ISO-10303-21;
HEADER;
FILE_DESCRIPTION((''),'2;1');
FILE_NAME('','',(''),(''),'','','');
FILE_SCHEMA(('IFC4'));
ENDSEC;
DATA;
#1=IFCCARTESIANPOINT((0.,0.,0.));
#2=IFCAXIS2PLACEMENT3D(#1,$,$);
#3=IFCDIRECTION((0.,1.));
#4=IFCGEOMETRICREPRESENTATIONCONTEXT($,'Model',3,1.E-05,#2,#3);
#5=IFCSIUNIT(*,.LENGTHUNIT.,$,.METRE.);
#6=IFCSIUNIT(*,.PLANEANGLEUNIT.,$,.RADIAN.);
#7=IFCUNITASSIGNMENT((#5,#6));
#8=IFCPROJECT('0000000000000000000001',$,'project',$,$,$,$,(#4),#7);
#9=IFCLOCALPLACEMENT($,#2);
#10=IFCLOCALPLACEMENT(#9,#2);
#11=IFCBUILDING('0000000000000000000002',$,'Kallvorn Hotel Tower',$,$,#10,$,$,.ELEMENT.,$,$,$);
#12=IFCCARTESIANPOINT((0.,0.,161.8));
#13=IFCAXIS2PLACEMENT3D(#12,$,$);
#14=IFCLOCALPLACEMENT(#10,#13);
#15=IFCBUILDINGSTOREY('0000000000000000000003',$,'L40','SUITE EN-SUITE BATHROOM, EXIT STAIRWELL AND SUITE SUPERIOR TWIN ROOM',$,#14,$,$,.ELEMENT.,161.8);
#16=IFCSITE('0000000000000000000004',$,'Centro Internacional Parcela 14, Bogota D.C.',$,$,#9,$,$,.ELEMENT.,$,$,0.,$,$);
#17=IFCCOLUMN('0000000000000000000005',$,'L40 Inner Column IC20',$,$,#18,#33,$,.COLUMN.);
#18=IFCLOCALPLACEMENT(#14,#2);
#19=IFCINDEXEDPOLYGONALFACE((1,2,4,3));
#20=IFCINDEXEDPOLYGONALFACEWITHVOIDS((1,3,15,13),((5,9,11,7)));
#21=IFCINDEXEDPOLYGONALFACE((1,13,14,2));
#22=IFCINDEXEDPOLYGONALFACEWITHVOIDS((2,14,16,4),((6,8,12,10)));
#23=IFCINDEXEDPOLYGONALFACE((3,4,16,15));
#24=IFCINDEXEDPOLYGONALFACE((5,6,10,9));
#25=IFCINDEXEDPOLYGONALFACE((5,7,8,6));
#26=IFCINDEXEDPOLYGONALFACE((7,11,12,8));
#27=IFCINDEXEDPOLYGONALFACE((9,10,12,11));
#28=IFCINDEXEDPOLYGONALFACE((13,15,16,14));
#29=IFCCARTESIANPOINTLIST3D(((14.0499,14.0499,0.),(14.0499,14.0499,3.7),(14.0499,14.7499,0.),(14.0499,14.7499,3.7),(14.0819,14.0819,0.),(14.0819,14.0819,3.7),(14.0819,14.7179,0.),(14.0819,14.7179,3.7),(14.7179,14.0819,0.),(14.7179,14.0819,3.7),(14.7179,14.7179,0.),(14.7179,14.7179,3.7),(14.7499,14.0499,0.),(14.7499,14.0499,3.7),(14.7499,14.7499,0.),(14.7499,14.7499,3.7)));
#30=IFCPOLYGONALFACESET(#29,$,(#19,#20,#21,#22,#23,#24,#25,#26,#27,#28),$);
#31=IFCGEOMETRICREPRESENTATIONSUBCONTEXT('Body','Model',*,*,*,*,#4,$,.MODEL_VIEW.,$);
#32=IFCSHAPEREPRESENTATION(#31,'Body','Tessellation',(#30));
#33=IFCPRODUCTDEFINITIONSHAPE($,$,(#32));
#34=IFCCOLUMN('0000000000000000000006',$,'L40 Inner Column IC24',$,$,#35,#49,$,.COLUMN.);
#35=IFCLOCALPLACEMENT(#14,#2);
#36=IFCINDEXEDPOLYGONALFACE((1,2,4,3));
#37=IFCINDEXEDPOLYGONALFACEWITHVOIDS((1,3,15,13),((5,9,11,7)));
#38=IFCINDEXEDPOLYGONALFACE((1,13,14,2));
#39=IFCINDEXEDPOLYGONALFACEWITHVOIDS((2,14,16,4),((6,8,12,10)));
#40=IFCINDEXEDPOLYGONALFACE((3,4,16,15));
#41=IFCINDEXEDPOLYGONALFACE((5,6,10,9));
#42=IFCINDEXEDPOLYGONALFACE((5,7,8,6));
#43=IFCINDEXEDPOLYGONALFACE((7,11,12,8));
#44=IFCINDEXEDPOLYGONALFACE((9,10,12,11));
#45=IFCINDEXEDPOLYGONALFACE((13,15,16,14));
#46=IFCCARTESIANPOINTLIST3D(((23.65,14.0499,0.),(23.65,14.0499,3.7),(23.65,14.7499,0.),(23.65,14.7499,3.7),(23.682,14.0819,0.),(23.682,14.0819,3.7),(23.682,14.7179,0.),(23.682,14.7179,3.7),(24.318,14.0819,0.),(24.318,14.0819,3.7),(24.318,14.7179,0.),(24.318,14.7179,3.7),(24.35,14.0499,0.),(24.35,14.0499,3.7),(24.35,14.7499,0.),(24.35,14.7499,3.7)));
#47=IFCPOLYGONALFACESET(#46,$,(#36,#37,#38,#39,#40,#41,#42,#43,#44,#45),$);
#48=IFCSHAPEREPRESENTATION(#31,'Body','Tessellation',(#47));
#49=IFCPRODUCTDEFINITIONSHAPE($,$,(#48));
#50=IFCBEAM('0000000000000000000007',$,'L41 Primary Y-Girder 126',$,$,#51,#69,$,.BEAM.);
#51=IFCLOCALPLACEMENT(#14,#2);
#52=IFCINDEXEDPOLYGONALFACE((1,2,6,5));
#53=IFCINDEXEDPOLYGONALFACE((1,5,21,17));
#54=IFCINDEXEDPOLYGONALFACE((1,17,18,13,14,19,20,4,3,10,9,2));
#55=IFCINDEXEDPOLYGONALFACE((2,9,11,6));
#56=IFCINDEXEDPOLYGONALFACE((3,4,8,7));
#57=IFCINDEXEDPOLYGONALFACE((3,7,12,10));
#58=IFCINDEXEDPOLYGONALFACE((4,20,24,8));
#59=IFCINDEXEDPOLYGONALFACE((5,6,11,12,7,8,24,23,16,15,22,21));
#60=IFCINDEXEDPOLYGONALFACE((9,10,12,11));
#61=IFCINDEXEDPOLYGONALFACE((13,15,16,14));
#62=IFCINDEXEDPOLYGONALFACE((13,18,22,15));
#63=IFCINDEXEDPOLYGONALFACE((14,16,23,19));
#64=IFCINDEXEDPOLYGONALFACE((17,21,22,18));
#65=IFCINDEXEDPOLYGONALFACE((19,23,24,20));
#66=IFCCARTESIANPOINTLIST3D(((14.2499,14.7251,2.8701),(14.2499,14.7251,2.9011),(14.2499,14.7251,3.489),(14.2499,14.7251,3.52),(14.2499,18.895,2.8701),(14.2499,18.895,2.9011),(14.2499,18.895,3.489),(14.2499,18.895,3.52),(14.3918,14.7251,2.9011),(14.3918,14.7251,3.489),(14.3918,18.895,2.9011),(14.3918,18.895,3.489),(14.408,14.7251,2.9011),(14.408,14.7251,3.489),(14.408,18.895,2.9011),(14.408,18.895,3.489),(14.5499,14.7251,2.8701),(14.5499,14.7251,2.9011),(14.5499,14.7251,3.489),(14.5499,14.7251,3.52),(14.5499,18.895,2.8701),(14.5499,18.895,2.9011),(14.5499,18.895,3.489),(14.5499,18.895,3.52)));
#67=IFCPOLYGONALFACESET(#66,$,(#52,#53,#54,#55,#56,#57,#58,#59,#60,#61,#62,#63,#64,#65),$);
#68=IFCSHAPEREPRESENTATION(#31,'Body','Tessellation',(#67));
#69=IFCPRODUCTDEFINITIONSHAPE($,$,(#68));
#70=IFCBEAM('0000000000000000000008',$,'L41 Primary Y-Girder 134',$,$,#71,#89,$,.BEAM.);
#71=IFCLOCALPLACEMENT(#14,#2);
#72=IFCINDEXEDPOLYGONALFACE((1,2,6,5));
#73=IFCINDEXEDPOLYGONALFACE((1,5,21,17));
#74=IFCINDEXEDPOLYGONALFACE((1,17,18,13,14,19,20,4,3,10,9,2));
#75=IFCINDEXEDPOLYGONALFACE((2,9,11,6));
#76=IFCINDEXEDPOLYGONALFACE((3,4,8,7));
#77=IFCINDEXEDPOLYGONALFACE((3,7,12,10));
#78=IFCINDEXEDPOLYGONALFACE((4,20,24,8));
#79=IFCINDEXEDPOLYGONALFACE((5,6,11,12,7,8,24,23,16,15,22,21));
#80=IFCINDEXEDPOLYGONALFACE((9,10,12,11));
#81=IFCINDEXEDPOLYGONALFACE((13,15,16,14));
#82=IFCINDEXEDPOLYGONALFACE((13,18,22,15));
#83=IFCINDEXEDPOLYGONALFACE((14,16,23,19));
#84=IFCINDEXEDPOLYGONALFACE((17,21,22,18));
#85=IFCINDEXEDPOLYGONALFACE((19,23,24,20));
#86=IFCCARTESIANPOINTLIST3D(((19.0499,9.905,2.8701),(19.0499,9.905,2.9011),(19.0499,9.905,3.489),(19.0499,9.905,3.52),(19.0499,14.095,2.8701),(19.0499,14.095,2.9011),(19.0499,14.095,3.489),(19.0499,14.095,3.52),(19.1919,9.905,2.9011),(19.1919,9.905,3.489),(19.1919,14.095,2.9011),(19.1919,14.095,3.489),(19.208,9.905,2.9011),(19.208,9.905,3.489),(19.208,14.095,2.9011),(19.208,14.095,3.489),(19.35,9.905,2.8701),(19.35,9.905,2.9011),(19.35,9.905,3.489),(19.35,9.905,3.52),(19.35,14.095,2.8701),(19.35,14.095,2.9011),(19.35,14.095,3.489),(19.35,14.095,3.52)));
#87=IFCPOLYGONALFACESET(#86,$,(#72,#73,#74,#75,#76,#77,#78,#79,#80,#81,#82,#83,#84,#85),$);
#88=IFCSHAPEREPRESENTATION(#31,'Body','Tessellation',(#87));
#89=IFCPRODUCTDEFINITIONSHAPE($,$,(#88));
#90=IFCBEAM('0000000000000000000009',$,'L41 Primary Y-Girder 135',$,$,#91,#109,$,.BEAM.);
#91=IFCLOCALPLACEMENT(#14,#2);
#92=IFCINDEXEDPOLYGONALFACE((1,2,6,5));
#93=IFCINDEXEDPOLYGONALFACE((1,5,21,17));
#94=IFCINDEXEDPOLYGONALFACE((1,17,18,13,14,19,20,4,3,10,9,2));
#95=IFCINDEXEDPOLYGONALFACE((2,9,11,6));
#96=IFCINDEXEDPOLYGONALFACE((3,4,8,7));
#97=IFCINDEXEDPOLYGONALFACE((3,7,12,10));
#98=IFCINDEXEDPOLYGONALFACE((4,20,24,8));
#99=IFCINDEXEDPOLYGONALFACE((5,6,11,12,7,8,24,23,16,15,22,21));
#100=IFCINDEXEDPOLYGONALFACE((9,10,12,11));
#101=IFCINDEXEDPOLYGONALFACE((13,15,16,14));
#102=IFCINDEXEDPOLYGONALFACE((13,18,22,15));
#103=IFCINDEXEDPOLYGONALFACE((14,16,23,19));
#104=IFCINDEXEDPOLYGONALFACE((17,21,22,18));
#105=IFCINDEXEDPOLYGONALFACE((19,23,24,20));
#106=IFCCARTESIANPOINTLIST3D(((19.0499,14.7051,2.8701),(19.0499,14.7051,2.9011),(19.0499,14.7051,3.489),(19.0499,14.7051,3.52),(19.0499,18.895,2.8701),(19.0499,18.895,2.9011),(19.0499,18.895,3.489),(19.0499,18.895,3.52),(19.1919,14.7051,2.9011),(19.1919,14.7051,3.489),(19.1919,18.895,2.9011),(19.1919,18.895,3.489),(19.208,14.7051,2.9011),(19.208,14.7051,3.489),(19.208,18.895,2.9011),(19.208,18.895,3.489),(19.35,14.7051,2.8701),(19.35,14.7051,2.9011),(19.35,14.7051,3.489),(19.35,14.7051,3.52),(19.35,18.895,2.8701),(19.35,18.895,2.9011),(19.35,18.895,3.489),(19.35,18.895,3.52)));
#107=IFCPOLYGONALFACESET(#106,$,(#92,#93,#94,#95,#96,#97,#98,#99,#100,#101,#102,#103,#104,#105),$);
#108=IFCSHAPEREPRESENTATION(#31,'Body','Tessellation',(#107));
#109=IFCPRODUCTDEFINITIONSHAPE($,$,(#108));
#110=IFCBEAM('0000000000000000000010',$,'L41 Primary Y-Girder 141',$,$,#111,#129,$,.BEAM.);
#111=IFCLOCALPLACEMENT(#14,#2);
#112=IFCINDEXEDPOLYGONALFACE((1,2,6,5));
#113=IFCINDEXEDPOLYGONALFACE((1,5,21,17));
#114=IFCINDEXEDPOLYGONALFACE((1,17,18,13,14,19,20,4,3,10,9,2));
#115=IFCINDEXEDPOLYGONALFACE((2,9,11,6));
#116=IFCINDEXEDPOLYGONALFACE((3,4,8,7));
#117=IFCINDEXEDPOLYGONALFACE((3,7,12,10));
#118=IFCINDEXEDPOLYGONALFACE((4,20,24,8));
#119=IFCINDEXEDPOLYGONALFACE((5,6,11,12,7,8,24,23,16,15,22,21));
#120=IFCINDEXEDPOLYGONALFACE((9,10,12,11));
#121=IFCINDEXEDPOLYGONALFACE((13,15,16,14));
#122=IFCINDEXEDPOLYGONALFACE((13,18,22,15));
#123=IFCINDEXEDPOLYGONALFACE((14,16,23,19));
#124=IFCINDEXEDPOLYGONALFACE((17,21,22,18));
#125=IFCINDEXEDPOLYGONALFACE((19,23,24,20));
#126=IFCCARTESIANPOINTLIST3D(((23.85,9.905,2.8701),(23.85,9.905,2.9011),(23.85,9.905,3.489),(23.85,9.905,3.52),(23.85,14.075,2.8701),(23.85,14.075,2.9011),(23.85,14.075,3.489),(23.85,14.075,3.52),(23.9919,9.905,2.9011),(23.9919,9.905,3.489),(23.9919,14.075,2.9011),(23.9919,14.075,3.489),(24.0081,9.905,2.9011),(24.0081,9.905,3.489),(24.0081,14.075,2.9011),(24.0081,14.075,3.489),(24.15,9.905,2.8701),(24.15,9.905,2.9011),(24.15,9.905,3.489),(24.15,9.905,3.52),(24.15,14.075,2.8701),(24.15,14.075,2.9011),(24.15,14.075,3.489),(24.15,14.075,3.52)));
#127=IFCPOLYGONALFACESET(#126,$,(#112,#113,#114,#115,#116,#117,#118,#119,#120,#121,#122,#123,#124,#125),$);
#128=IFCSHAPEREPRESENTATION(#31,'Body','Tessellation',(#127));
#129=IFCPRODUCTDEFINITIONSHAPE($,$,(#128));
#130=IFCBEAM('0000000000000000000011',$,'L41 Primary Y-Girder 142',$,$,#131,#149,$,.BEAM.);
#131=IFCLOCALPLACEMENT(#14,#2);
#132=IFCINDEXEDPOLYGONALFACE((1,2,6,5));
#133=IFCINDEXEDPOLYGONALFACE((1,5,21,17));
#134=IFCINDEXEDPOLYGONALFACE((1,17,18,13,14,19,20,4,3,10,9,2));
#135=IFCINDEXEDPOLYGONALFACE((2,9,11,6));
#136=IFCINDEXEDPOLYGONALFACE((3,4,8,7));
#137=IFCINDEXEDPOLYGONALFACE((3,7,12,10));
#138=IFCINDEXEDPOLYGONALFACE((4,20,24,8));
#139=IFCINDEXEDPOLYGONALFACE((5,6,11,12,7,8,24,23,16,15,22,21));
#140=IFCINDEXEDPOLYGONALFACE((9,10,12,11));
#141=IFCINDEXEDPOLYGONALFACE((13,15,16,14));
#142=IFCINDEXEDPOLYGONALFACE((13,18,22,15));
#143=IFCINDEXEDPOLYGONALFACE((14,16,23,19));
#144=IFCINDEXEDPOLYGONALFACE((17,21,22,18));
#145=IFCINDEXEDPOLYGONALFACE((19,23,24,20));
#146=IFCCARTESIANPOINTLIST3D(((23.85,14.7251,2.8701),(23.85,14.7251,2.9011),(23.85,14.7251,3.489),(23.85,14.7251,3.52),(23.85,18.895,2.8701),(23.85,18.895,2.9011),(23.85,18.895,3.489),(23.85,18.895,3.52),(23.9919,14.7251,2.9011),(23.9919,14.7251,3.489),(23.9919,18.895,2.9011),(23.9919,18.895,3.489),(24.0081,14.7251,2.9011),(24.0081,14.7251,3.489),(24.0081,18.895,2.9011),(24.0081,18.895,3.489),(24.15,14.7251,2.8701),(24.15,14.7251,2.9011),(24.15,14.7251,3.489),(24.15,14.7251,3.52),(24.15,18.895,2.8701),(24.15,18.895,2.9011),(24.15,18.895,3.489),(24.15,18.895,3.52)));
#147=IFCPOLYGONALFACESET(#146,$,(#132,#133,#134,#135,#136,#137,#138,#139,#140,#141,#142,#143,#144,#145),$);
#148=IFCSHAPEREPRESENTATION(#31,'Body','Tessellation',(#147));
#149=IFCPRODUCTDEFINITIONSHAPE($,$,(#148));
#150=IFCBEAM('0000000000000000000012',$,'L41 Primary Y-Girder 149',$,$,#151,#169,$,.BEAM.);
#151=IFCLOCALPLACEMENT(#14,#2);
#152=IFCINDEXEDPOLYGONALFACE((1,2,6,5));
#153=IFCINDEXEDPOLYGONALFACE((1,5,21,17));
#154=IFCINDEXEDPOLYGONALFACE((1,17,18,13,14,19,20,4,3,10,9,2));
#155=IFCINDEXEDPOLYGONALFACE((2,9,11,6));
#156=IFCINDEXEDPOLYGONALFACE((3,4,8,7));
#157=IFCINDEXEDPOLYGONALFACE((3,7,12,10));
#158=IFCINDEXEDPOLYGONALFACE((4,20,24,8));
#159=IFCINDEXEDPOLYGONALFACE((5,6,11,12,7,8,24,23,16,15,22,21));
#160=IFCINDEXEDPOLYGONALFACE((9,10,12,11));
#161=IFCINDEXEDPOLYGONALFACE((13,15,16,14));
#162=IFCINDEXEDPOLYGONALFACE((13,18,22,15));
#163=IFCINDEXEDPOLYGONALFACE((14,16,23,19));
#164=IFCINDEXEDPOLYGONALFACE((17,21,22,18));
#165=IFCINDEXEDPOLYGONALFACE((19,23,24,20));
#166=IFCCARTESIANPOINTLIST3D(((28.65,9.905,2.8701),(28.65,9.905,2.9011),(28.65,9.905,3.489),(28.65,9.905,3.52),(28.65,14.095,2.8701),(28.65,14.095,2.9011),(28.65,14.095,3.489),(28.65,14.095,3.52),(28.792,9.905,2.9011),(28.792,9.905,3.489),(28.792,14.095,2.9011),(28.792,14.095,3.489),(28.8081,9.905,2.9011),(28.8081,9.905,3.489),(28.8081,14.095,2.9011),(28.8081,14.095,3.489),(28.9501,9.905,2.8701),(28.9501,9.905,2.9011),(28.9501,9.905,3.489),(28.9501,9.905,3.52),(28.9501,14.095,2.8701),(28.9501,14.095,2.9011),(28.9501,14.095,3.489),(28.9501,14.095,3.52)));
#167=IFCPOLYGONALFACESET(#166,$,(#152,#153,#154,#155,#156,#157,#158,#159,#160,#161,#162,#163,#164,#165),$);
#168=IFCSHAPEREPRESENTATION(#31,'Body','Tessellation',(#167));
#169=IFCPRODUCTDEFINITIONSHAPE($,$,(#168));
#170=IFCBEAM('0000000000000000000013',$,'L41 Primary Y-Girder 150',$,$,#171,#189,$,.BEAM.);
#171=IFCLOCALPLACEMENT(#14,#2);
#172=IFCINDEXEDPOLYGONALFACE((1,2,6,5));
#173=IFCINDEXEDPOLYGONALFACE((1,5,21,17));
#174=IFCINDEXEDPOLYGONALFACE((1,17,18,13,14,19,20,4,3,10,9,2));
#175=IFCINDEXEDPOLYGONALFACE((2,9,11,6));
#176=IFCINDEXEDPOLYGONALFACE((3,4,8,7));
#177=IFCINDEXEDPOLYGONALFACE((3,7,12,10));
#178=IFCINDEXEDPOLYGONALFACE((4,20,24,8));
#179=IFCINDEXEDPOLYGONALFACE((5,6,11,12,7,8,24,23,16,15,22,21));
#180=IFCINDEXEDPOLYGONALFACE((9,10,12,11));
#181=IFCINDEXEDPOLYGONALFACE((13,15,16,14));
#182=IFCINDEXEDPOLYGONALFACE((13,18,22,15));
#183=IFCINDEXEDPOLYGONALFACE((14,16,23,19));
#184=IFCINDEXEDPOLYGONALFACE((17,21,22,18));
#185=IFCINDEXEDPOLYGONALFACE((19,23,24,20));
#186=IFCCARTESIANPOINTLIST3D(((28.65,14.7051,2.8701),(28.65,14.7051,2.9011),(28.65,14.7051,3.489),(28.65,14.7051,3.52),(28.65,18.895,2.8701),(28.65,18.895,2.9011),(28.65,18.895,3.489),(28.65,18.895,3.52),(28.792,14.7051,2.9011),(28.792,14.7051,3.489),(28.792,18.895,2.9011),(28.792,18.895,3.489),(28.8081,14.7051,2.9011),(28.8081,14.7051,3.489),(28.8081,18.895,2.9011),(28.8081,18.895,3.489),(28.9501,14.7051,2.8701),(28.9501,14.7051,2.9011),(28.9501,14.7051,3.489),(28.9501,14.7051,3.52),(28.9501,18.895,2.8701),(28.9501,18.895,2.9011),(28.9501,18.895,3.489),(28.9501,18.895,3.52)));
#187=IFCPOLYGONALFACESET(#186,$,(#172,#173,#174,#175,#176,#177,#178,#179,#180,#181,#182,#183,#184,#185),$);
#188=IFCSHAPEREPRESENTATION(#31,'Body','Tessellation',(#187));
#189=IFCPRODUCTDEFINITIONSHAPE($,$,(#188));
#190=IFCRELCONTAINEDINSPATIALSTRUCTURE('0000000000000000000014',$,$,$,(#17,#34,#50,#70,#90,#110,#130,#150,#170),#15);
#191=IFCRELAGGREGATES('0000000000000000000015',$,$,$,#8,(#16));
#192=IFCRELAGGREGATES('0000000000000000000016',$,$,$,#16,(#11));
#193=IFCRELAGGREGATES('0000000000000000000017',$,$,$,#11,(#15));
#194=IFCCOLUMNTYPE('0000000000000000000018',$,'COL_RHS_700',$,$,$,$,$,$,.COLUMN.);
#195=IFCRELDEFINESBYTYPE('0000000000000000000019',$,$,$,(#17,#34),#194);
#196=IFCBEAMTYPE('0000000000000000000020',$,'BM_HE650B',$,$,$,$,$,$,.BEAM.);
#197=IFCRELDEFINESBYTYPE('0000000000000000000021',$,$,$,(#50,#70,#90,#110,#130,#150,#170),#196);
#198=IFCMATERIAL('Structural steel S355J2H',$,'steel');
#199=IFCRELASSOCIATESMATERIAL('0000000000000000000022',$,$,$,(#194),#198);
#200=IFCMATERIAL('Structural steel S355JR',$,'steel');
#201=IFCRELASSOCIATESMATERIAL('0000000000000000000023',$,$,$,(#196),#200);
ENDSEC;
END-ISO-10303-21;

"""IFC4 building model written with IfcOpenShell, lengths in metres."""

from ifc_helpers import new_model, si_unit, direction, frame, origin, origin_2d, place, context, subcontext, project, spatial, hollow_rectangle, i_section, extrude, material, material_profile, profile_set, type_object, element, save


model = new_model("IFC4")

# Units and contexts
model_context = context("Model", 3, precision=1e-05, world=origin(), true_north=direction((0.0, 1.0)))
body_context = subcontext(model_context, "Body", "Model", "MODEL_VIEW")
ifc_project = project(units=[si_unit("LENGTHUNIT", "METRE"), si_unit("PLANEANGLEUNIT", "RADIAN")], contexts=[model_context])

# Site, building, storey
site_placement = place(None, origin())
site = spatial("IfcSite", under=ifc_project, at=site_placement, Name="Centro Internacional Parcela 14, Bogota D.C.", CompositionType="ELEMENT", RefElevation=0.0)
building_placement = place(site_placement, origin())
building = spatial("IfcBuilding", under=site, at=building_placement, Name="Kallvorn Hotel Tower", CompositionType="ELEMENT")
storey_placement = place(building_placement, frame((0.0, 0.0, 161.8)))
storey = spatial("IfcBuildingStorey", under=building, at=storey_placement, Name="L40", Description="SUITE EN-SUITE BATHROOM, EXIT STAIRWELL AND SUITE SUPERIOR TWIN ROOM", CompositionType="ELEMENT", Elevation=161.8)

# Columns
ifc_material_1 = material(Name="Structural steel S355J2H", Category="steel")
ifc_material_profile_1 = material_profile(ifc_material_1, hollow_rectangle(XDim=0.7, YDim=0.7, WallThickness=0.032, at=origin_2d()), Name="RHS 700x700x32")
ifc_profile_set_1 = profile_set([ifc_material_profile_1], Name="Structural steel S355J2H")
column_type_1 = type_object("IfcColumnType", Name="COL_RHS_700", PredefinedType="COLUMN", material=ifc_profile_set_1)
for number, where, z_axis, x_axis, name in (
    (1, (14.3999, 14.3999, 0.0), (0.0, 0.0, 1.0), (1.0, 0.0, 0.0), "L40 Inner Column IC20"),
    (2, (24.0, 14.3999, 0.0), (0.0, 0.0, 1.0), (1.0, 0.0, 0.0), "L40 Inner Column IC24"),
):
    element("IfcColumn", number, at=place(storey_placement, frame(where, z_axis=z_axis, x_axis=x_axis)), inside=storey, type_object=column_type_1, Name=name, PredefinedType="COLUMN", context=body_context, shape_type="SweptSolid", body=[
        extrude(hollow_rectangle(XDim=0.7, YDim=0.7, WallThickness=0.032, at=origin_2d()), origin(), (0.0, 0.0, 1.0), 3.7),
    ])

# Beams
ifc_material_2 = material(Name="Structural steel S355JR", Category="steel")
ifc_material_profile_2 = material_profile(ifc_material_2, i_section(OverallWidth=0.3, OverallDepth=0.6499, WebThickness=0.0161, FlangeThickness=0.031, at=origin_2d()), Name="HE 650 B")
ifc_profile_set_2 = profile_set([ifc_material_profile_2], Name="Structural steel S355JR")
beam_type_1 = type_object("IfcBeamType", Name="BM_HE650B", PredefinedType="BEAM", material=ifc_profile_set_2)
beam_1_placement = place(storey_placement, frame((14.3999, 14.7251, 3.1951), z_axis=(0.0, 1.0, 0.0), x_axis=(-1.0, 0.0, 0.0)))
element("IfcBeam", 3, at=beam_1_placement, inside=storey, type_object=beam_type_1, Name="L41 Primary Y-Girder 126", PredefinedType="BEAM", context=body_context, shape_type="SweptSolid", body=[
    extrude(i_section(OverallWidth=0.3, OverallDepth=0.6499, WebThickness=0.0161, FlangeThickness=0.031, at=origin_2d()), origin(), (0.0, 0.0, 1.0), 4.1699),
])
for number, where, z_axis, x_axis, name in (
    (4, (19.2, 9.905, 3.1951), (0.0, 1.0, 0.0), (-1.0, 0.0, 0.0), "L41 Primary Y-Girder 134"),
    (5, (19.2, 14.7051, 3.1951), (0.0, 1.0, 0.0), (-1.0, 0.0, 0.0), "L41 Primary Y-Girder 135"),
):
    element("IfcBeam", number, at=place(storey_placement, frame(where, z_axis=z_axis, x_axis=x_axis)), inside=storey, type_object=beam_type_1, Name=name, PredefinedType="BEAM", context=body_context, shape_type="SweptSolid", body=[
        extrude(i_section(OverallWidth=0.3, OverallDepth=0.6499, WebThickness=0.0161, FlangeThickness=0.031, at=origin_2d()), origin(), (0.0, 0.0, 1.0), 4.1899),
    ])
for number, where, z_axis, x_axis, name in (
    (6, (24.0, 9.905, 3.1951), (0.0, 1.0, 0.0), (-1.0, 0.0, 0.0), "L41 Primary Y-Girder 141"),
    (7, (24.0, 14.7251, 3.1951), (0.0, 1.0, 0.0), (-1.0, 0.0, 0.0), "L41 Primary Y-Girder 142"),
):
    element("IfcBeam", number, at=place(storey_placement, frame(where, z_axis=z_axis, x_axis=x_axis)), inside=storey, type_object=beam_type_1, Name=name, PredefinedType="BEAM", context=body_context, shape_type="SweptSolid", body=[
        extrude(i_section(OverallWidth=0.3, OverallDepth=0.6499, WebThickness=0.0161, FlangeThickness=0.031, at=origin_2d()), origin(), (0.0, 0.0, 1.0), 4.1699),
    ])
for number, where, z_axis, x_axis, name in (
    (8, (28.8, 9.905, 3.1951), (0.0, 1.0, 0.0), (-1.0, 0.0, 0.0), "L41 Primary Y-Girder 149"),
    (9, (28.8, 14.7051, 3.1951), (0.0, 1.0, 0.0), (-1.0, 0.0, 0.0), "L41 Primary Y-Girder 150"),
):
    element("IfcBeam", number, at=place(storey_placement, frame(where, z_axis=z_axis, x_axis=x_axis)), inside=storey, type_object=beam_type_1, Name=name, PredefinedType="BEAM", context=body_context, shape_type="SweptSolid", body=[
        extrude(i_section(OverallWidth=0.3, OverallDepth=0.6499, WebThickness=0.0161, FlangeThickness=0.031, at=origin_2d()), origin(), (0.0, 0.0, 1.0), 4.1899),
    ])

save(model, "model.ifc")
